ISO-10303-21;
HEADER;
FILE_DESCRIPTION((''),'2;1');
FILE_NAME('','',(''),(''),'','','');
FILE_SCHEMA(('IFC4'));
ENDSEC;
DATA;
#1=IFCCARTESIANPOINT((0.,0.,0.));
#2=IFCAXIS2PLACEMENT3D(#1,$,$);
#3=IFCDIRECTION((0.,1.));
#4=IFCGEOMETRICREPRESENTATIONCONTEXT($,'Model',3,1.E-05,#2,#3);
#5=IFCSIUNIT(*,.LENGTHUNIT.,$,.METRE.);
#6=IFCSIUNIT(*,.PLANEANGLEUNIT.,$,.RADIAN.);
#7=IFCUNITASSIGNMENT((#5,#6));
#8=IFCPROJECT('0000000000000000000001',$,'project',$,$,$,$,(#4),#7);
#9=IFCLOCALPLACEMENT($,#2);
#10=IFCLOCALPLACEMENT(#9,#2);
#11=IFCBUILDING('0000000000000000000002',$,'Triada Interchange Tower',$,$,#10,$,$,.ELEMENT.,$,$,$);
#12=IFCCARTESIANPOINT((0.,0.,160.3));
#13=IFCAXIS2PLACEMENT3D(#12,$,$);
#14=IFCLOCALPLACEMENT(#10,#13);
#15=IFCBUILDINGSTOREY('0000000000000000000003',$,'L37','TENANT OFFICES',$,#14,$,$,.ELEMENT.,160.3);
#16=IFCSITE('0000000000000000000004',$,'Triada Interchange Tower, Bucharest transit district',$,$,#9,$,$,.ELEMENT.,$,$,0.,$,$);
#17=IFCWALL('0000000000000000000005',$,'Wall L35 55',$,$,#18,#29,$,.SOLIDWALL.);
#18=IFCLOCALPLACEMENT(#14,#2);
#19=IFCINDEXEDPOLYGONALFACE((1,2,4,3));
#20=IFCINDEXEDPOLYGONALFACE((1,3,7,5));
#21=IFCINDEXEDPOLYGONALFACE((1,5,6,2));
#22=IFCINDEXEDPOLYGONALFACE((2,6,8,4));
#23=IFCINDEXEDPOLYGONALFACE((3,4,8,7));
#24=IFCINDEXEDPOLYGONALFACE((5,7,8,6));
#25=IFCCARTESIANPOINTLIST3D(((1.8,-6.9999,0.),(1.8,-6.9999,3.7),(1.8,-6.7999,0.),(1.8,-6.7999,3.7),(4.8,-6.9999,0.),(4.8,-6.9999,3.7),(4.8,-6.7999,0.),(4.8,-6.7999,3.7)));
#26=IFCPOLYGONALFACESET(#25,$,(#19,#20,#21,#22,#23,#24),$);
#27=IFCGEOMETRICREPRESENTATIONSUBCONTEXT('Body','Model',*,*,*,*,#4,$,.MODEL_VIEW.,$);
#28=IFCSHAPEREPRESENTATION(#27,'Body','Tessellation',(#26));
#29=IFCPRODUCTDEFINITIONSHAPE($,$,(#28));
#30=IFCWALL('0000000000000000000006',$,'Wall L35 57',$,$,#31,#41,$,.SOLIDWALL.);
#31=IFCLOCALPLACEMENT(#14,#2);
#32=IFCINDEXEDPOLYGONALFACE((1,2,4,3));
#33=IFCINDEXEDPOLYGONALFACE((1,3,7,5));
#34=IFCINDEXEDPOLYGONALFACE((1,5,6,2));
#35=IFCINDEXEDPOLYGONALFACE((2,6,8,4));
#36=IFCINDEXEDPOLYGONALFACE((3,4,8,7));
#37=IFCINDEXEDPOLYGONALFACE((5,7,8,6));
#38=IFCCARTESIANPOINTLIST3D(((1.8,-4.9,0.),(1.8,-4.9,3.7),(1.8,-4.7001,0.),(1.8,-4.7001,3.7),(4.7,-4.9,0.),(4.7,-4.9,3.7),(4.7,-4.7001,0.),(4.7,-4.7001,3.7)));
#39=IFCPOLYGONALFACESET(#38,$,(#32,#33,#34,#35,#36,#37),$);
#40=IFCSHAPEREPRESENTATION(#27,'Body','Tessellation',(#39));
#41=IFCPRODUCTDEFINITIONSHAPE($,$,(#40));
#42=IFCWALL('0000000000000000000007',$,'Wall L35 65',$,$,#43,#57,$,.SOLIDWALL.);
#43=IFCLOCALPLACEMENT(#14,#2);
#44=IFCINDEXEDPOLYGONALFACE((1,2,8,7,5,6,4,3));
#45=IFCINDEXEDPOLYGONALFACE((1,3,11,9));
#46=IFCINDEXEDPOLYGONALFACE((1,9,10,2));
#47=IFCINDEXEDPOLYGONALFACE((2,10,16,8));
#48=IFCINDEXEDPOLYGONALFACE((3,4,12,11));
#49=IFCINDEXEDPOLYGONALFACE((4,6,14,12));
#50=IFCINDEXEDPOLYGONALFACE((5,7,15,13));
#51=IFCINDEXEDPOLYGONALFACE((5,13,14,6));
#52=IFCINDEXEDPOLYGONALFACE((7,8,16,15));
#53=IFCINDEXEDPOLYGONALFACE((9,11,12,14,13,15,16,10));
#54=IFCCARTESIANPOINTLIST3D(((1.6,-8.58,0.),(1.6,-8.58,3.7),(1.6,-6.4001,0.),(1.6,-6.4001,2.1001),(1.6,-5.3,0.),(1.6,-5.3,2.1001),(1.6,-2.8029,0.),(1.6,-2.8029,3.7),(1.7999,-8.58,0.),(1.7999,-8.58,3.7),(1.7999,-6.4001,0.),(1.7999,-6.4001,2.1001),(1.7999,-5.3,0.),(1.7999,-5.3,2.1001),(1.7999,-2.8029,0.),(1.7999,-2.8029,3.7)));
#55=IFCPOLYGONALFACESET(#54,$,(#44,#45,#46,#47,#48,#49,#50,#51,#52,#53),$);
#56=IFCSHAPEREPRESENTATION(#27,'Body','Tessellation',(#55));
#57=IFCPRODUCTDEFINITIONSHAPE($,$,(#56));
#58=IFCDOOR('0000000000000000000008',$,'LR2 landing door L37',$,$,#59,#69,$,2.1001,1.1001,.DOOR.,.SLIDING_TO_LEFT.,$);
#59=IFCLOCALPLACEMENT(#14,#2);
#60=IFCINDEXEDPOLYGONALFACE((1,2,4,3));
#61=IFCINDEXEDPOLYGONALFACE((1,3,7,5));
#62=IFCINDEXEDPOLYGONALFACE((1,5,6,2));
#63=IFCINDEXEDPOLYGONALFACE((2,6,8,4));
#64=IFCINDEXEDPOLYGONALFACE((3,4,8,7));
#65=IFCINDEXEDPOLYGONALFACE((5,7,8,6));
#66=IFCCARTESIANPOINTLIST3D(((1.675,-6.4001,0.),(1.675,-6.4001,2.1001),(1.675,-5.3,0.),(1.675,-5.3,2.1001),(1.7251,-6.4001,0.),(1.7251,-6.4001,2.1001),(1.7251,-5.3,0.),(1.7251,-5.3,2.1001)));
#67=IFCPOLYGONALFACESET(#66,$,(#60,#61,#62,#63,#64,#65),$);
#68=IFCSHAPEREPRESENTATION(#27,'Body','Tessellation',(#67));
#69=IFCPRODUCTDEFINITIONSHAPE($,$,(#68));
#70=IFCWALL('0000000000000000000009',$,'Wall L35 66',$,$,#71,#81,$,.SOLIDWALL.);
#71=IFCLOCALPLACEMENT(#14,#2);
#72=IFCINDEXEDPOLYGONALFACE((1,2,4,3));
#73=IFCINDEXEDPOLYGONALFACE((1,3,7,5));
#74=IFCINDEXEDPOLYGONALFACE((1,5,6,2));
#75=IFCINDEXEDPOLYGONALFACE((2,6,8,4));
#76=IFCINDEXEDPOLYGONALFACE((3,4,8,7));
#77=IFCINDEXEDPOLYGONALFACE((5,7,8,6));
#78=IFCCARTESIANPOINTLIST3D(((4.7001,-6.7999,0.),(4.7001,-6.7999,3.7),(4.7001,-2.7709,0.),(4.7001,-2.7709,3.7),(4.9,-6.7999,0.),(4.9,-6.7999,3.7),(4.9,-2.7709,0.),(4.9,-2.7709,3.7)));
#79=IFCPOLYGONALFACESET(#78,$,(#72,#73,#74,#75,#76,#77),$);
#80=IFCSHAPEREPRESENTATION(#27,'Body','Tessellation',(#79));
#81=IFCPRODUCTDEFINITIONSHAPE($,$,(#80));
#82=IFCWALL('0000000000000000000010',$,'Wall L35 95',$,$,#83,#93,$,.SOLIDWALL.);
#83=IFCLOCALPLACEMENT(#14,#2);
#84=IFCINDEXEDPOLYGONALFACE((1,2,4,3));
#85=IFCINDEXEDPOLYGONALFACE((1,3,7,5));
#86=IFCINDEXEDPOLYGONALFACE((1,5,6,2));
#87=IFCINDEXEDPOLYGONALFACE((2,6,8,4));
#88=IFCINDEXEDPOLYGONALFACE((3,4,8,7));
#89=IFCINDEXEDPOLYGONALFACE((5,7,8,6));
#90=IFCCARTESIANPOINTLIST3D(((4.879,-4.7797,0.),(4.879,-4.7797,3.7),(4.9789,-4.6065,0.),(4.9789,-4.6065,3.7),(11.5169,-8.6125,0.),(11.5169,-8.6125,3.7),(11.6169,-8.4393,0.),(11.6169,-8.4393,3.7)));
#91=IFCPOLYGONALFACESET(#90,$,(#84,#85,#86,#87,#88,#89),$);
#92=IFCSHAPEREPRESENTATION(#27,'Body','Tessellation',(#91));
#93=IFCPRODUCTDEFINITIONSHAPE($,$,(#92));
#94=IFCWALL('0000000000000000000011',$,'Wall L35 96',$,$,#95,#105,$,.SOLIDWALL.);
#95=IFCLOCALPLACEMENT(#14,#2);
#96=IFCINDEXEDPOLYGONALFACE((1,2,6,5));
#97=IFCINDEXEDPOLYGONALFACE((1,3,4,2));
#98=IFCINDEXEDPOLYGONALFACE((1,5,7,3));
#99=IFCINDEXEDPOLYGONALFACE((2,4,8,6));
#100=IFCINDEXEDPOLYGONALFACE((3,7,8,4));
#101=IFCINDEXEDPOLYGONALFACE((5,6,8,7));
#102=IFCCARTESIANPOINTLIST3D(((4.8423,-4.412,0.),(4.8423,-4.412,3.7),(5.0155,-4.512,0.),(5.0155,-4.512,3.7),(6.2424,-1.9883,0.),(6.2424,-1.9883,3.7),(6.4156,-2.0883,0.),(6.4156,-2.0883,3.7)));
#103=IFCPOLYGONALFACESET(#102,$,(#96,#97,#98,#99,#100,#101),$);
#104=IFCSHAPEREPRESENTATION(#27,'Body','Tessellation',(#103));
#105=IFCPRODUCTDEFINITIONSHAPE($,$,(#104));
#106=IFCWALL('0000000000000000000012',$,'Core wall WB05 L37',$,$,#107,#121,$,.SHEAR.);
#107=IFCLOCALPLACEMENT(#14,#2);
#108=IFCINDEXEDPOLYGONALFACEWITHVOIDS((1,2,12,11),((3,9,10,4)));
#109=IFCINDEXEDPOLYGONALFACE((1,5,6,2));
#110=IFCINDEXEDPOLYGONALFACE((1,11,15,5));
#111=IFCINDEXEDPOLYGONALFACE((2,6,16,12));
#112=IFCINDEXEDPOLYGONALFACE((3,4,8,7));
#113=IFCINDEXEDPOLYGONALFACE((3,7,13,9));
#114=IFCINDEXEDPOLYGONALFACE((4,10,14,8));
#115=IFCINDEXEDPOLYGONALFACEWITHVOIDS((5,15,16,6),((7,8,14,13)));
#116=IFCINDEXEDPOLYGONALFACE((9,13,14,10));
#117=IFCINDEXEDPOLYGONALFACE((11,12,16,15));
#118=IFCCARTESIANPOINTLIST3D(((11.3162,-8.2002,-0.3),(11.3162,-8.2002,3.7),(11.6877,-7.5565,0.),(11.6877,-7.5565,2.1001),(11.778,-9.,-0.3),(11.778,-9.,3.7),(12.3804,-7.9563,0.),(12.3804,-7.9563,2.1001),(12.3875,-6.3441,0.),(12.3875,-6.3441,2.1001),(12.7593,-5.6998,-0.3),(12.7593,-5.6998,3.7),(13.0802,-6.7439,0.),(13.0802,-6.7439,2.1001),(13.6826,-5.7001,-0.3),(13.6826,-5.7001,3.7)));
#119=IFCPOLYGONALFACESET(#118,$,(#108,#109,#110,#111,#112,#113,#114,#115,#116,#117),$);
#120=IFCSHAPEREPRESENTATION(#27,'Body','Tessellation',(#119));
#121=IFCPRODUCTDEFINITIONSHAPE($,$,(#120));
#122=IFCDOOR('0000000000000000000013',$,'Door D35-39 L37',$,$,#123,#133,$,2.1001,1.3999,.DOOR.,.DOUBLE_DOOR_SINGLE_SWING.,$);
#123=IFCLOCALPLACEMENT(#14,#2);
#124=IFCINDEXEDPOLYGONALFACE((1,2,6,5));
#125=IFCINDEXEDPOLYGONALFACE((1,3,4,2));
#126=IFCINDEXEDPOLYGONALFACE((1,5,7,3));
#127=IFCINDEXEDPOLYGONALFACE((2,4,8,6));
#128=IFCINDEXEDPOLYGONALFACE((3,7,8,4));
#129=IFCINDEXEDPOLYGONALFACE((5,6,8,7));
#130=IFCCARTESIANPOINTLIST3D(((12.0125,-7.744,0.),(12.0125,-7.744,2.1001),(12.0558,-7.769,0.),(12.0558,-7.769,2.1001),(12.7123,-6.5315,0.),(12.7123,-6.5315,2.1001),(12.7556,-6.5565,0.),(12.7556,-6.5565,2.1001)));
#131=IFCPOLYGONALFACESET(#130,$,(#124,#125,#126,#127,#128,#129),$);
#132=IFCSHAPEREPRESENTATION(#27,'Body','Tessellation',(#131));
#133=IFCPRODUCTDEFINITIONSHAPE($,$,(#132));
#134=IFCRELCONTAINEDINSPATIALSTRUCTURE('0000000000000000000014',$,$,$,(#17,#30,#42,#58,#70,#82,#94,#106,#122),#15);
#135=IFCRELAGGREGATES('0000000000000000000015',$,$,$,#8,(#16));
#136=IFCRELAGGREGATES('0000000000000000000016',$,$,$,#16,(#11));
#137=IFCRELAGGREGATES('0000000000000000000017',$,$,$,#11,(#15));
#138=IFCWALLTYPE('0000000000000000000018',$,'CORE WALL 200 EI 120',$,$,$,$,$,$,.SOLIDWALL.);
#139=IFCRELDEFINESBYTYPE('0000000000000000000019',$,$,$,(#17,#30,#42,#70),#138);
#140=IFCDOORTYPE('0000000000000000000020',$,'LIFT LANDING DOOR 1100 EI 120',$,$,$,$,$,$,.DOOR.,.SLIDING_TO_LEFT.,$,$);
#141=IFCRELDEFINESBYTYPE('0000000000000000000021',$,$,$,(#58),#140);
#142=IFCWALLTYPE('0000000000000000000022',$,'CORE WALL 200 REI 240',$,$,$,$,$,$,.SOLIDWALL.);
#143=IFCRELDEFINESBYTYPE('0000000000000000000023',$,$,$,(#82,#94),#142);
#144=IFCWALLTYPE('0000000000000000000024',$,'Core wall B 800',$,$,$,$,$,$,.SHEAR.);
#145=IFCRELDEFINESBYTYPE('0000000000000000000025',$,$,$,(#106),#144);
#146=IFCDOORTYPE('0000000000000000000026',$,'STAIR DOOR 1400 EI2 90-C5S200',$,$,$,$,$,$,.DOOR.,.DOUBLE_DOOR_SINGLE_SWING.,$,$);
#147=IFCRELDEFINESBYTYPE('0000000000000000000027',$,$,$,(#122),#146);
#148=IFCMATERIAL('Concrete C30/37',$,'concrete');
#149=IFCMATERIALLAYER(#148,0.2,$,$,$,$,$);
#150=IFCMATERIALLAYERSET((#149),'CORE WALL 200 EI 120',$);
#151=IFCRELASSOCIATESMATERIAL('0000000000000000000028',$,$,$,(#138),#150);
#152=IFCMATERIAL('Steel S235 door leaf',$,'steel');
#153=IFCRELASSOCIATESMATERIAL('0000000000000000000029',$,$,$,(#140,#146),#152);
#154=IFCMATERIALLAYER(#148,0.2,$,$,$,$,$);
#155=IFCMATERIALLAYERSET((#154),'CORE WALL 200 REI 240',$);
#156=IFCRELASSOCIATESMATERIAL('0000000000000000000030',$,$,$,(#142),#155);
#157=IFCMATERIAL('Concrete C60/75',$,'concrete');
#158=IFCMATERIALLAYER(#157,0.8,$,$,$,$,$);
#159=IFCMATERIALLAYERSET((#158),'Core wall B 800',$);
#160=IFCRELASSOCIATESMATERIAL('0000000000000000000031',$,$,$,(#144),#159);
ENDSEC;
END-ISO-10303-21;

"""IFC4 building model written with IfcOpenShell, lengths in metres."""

from ifc_helpers import new_model, si_unit, direction, frame, frame_2d, origin, place, context, subcontext, project, spatial, polyline, rectangle, outline, extrude, material, layer, layer_set, type_object, element, fill, save


model = new_model("IFC4")

# Units and contexts
model_context = context("Model", 3, precision=1e-05, world=origin(), true_north=direction((0.0, 1.0)))
body_context = subcontext(model_context, "Body", "Model", "MODEL_VIEW")
ifc_project = project(units=[si_unit("LENGTHUNIT", "METRE"), si_unit("PLANEANGLEUNIT", "RADIAN")], contexts=[model_context])

# Site, building, storey
site_placement = place(None, origin())
site = spatial("IfcSite", under=ifc_project, at=site_placement, Name="Triada Interchange Tower, Bucharest transit district", CompositionType="ELEMENT", RefElevation=0.0)
building_placement = place(site_placement, origin())
building = spatial("IfcBuilding", under=site, at=building_placement, Name="Triada Interchange Tower", CompositionType="ELEMENT")
storey_placement = place(building_placement, frame((0.0, 0.0, 160.3)))
storey = spatial("IfcBuildingStorey", under=building, at=storey_placement, Name="L37", Description="TENANT OFFICES", CompositionType="ELEMENT", Elevation=160.3)

# Walls
ifc_material_1 = material(Name="Concrete C30/37", Category="concrete")
ifc_layer_1 = layer(ifc_material_1, 0.2)
ifc_layer_set_1 = layer_set([ifc_layer_1], Name="CORE WALL 200 EI 120")
wall_type_1 = type_object("IfcWallType", Name="CORE WALL 200 EI 120", PredefinedType="SOLIDWALL", material=ifc_layer_set_1)
wall_1_placement = place(storey_placement, frame((1.8, -6.8999, 0.0), z_axis=(0.0, 0.0, 1.0), x_axis=(1.0, 0.0, 0.0)))
element("IfcWall", 1, at=wall_1_placement, inside=storey, type_object=wall_type_1, Name="Wall L35 55", PredefinedType="SOLIDWALL", context=body_context, shape_type="SweptSolid", body=[
    extrude(rectangle(XDim=3.0, YDim=0.2, at=frame_2d((1.5, 0.0))), origin(), (0.0, 0.0, 1.0), 3.7),
])
wall_2_placement = place(storey_placement, frame((1.8, -4.8, 0.0), z_axis=(0.0, 0.0, 1.0), x_axis=(1.0, 0.0, 0.0)))
element("IfcWall", 2, at=wall_2_placement, inside=storey, type_object=wall_type_1, Name="Wall L35 57", PredefinedType="SOLIDWALL", context=body_context, shape_type="SweptSolid", body=[
    extrude(rectangle(XDim=2.8999, YDim=0.2, at=frame_2d((1.45, 0.0))), origin(), (0.0, 0.0, 1.0), 3.7),
])

# Wall, opening, door
wall_3_placement = place(storey_placement, frame((1.7, -8.5801, 0.0), z_axis=(0.0, 0.0, 1.0), x_axis=(0.0, 1.0, 0.0)))
wall_3 = element("IfcWall", 3, at=wall_3_placement, inside=storey, type_object=wall_type_1, Name="Wall L35 65", PredefinedType="SOLIDWALL", context=body_context, shape_type="SweptSolid", body=[
    extrude(rectangle(XDim=5.7771, YDim=0.2, at=frame_2d((2.8887, 0.0))), origin(), (0.0, 0.0, 1.0), 3.7),
])
opening_1_placement = place(wall_3_placement, frame((2.1799, 0.0, 0.0)))
opening_1 = element("IfcOpeningElement", 4, at=opening_1_placement, cuts=wall_3, PredefinedType="OPENING", context=body_context, shape_type="SweptSolid", body=[
    extrude(rectangle(XDim=1.1001, YDim=2.1001, at=frame_2d((0.55, 1.05))), frame((0.0, 0.1099, 0.0), z_axis=(0.0, -1.0, 0.0), x_axis=(1.0, 0.0, 0.0)), (0.0, 0.0, 1.0), 0.22),
])
ifc_material_2 = material(Name="Steel S235 door leaf", Category="steel")
door_type_1 = type_object("IfcDoorType", Name="LIFT LANDING DOOR 1100 EI 120", OperationType="SLIDING_TO_LEFT", PredefinedType="DOOR", material=ifc_material_2)
door_1_placement = place(opening_1_placement, origin())
door_1 = element("IfcDoor", 5, at=door_1_placement, inside=storey, type_object=door_type_1, Name="LR2 landing door L37", OperationType="SLIDING_TO_LEFT", OverallHeight=2.1001, OverallWidth=1.1001, PredefinedType="DOOR", context=body_context, shape_type="SweptSolid", body=[
    extrude(rectangle(XDim=1.1001, YDim=2.1001, at=frame_2d((0.55, 1.05))), frame((0.0, 0.0249, 0.0), z_axis=(0.0, -1.0, 0.0), x_axis=(1.0, 0.0, 0.0)), (0.0, 0.0, 1.0), 0.05),
])
fill(opening_1, door_1)

# Walls
wall_4_placement = place(storey_placement, frame((4.8, -6.8, 0.0), z_axis=(0.0, 0.0, 1.0), x_axis=(0.0, 1.0, 0.0)))
element("IfcWall", 6, at=wall_4_placement, inside=storey, type_object=wall_type_1, Name="Wall L35 66", PredefinedType="SOLIDWALL", context=body_context, shape_type="SweptSolid", body=[
    extrude(rectangle(XDim=4.0291, YDim=0.2, at=frame_2d((2.0146, 0.0))), origin(), (0.0, 0.0, 1.0), 3.7),
])
ifc_layer_2 = layer(ifc_material_1, 0.2)
ifc_layer_set_2 = layer_set([ifc_layer_2], Name="CORE WALL 200 REI 240")
wall_type_2 = type_object("IfcWallType", Name="CORE WALL 200 REI 240", PredefinedType="SOLIDWALL", material=ifc_layer_set_2)
wall_5_placement = place(storey_placement, frame((4.929, -4.6931, 0.0), z_axis=(0.0, 0.0, 1.0), x_axis=(0.866006, -0.500034, 0.0)))
element("IfcWall", 7, at=wall_5_placement, inside=storey, type_object=wall_type_2, Name="Wall L35 95", PredefinedType="SOLIDWALL", context=body_context, shape_type="SweptSolid", body=[
    extrude(rectangle(XDim=7.665, YDim=0.2, at=frame_2d((3.8325, 0.0))), origin(), (0.0, 0.0, 1.0), 3.7),
])
wall_6_placement = place(storey_placement, frame((4.929, -4.4619, 0.0), z_axis=(0.0, 0.0, 1.0), x_axis=(0.500201, 0.86591, 0.0)))
element("IfcWall", 8, at=wall_6_placement, inside=storey, type_object=wall_type_2, Name="Wall L35 96", PredefinedType="SOLIDWALL", context=body_context, shape_type="SweptSolid", body=[
    extrude(rectangle(XDim=2.7991, YDim=0.2, at=frame_2d((1.3994, 0.0))), origin(), (0.0, 0.0, 1.0), 3.7),
])

# Wall, opening, door
ifc_material_3 = material(Name="Concrete C60/75", Category="concrete")
ifc_layer_3 = layer(ifc_material_3, 0.8)
ifc_layer_set_3 = layer_set([ifc_layer_3], Name="Core wall B 800")
wall_type_3 = type_object("IfcWallType", Name="Core wall B 800", PredefinedType="SHEAR", material=ifc_layer_set_3)
wall_7_placement = place(storey_placement, frame((11.5471, -8.6001, -0.3), z_axis=(0.0, 0.0, 1.0), x_axis=(0.499872, 0.866099, 0.0)))
wall_7 = element("IfcWall", 9, at=wall_7_placement, inside=storey, type_object=wall_type_3, Name="Core wall WB05 L37", PredefinedType="SHEAR", context=body_context, shape_type="SweptSolid", body=[
    extrude(outline(polyline([(-0.231, -0.3999), (1.6741, -0.3999), (3.5791, -0.3999), (3.1179, 0.3999), (1.6743, 0.3999), (0.231, 0.3999), (-0.231, -0.3999)])), origin(), (0.0, 0.0, 1.0), 4.0),
])
opening_2_placement = place(wall_7_placement, frame((0.9741, 0.0, 0.3)))
opening_2 = element("IfcOpeningElement", 10, at=opening_2_placement, cuts=wall_7, PredefinedType="OPENING", context=body_context, shape_type="SweptSolid", body=[
    extrude(rectangle(XDim=1.3999, YDim=2.1001, at=frame_2d((0.7, 1.05))), frame((0.0, 0.4099, 0.0), z_axis=(0.0, -1.0, 0.0), x_axis=(1.0, 0.0, 0.0)), (0.0, 0.0, 1.0), 0.8201),
])
door_type_2 = type_object("IfcDoorType", Name="STAIR DOOR 1400 EI2 90-C5S200", OperationType="DOUBLE_DOOR_SINGLE_SWING", PredefinedType="DOOR", material=ifc_material_2)
door_2_placement = place(opening_2_placement, origin())
door_2 = element("IfcDoor", 11, at=door_2_placement, inside=storey, type_object=door_type_2, Name="Door D35-39 L37", OperationType="DOUBLE_DOOR_SINGLE_SWING", OverallHeight=2.1001, OverallWidth=1.3999, PredefinedType="DOOR", context=body_context, shape_type="SweptSolid", body=[
    extrude(rectangle(XDim=1.3999, YDim=2.1001, at=frame_2d((0.7, 1.05))), frame((0.0, 0.0249, 0.0), z_axis=(0.0, -1.0, 0.0), x_axis=(1.0, 0.0, 0.0)), (0.0, 0.0, 1.0), 0.05),
])
fill(opening_2, door_2)

save(model, "model.ifc")
